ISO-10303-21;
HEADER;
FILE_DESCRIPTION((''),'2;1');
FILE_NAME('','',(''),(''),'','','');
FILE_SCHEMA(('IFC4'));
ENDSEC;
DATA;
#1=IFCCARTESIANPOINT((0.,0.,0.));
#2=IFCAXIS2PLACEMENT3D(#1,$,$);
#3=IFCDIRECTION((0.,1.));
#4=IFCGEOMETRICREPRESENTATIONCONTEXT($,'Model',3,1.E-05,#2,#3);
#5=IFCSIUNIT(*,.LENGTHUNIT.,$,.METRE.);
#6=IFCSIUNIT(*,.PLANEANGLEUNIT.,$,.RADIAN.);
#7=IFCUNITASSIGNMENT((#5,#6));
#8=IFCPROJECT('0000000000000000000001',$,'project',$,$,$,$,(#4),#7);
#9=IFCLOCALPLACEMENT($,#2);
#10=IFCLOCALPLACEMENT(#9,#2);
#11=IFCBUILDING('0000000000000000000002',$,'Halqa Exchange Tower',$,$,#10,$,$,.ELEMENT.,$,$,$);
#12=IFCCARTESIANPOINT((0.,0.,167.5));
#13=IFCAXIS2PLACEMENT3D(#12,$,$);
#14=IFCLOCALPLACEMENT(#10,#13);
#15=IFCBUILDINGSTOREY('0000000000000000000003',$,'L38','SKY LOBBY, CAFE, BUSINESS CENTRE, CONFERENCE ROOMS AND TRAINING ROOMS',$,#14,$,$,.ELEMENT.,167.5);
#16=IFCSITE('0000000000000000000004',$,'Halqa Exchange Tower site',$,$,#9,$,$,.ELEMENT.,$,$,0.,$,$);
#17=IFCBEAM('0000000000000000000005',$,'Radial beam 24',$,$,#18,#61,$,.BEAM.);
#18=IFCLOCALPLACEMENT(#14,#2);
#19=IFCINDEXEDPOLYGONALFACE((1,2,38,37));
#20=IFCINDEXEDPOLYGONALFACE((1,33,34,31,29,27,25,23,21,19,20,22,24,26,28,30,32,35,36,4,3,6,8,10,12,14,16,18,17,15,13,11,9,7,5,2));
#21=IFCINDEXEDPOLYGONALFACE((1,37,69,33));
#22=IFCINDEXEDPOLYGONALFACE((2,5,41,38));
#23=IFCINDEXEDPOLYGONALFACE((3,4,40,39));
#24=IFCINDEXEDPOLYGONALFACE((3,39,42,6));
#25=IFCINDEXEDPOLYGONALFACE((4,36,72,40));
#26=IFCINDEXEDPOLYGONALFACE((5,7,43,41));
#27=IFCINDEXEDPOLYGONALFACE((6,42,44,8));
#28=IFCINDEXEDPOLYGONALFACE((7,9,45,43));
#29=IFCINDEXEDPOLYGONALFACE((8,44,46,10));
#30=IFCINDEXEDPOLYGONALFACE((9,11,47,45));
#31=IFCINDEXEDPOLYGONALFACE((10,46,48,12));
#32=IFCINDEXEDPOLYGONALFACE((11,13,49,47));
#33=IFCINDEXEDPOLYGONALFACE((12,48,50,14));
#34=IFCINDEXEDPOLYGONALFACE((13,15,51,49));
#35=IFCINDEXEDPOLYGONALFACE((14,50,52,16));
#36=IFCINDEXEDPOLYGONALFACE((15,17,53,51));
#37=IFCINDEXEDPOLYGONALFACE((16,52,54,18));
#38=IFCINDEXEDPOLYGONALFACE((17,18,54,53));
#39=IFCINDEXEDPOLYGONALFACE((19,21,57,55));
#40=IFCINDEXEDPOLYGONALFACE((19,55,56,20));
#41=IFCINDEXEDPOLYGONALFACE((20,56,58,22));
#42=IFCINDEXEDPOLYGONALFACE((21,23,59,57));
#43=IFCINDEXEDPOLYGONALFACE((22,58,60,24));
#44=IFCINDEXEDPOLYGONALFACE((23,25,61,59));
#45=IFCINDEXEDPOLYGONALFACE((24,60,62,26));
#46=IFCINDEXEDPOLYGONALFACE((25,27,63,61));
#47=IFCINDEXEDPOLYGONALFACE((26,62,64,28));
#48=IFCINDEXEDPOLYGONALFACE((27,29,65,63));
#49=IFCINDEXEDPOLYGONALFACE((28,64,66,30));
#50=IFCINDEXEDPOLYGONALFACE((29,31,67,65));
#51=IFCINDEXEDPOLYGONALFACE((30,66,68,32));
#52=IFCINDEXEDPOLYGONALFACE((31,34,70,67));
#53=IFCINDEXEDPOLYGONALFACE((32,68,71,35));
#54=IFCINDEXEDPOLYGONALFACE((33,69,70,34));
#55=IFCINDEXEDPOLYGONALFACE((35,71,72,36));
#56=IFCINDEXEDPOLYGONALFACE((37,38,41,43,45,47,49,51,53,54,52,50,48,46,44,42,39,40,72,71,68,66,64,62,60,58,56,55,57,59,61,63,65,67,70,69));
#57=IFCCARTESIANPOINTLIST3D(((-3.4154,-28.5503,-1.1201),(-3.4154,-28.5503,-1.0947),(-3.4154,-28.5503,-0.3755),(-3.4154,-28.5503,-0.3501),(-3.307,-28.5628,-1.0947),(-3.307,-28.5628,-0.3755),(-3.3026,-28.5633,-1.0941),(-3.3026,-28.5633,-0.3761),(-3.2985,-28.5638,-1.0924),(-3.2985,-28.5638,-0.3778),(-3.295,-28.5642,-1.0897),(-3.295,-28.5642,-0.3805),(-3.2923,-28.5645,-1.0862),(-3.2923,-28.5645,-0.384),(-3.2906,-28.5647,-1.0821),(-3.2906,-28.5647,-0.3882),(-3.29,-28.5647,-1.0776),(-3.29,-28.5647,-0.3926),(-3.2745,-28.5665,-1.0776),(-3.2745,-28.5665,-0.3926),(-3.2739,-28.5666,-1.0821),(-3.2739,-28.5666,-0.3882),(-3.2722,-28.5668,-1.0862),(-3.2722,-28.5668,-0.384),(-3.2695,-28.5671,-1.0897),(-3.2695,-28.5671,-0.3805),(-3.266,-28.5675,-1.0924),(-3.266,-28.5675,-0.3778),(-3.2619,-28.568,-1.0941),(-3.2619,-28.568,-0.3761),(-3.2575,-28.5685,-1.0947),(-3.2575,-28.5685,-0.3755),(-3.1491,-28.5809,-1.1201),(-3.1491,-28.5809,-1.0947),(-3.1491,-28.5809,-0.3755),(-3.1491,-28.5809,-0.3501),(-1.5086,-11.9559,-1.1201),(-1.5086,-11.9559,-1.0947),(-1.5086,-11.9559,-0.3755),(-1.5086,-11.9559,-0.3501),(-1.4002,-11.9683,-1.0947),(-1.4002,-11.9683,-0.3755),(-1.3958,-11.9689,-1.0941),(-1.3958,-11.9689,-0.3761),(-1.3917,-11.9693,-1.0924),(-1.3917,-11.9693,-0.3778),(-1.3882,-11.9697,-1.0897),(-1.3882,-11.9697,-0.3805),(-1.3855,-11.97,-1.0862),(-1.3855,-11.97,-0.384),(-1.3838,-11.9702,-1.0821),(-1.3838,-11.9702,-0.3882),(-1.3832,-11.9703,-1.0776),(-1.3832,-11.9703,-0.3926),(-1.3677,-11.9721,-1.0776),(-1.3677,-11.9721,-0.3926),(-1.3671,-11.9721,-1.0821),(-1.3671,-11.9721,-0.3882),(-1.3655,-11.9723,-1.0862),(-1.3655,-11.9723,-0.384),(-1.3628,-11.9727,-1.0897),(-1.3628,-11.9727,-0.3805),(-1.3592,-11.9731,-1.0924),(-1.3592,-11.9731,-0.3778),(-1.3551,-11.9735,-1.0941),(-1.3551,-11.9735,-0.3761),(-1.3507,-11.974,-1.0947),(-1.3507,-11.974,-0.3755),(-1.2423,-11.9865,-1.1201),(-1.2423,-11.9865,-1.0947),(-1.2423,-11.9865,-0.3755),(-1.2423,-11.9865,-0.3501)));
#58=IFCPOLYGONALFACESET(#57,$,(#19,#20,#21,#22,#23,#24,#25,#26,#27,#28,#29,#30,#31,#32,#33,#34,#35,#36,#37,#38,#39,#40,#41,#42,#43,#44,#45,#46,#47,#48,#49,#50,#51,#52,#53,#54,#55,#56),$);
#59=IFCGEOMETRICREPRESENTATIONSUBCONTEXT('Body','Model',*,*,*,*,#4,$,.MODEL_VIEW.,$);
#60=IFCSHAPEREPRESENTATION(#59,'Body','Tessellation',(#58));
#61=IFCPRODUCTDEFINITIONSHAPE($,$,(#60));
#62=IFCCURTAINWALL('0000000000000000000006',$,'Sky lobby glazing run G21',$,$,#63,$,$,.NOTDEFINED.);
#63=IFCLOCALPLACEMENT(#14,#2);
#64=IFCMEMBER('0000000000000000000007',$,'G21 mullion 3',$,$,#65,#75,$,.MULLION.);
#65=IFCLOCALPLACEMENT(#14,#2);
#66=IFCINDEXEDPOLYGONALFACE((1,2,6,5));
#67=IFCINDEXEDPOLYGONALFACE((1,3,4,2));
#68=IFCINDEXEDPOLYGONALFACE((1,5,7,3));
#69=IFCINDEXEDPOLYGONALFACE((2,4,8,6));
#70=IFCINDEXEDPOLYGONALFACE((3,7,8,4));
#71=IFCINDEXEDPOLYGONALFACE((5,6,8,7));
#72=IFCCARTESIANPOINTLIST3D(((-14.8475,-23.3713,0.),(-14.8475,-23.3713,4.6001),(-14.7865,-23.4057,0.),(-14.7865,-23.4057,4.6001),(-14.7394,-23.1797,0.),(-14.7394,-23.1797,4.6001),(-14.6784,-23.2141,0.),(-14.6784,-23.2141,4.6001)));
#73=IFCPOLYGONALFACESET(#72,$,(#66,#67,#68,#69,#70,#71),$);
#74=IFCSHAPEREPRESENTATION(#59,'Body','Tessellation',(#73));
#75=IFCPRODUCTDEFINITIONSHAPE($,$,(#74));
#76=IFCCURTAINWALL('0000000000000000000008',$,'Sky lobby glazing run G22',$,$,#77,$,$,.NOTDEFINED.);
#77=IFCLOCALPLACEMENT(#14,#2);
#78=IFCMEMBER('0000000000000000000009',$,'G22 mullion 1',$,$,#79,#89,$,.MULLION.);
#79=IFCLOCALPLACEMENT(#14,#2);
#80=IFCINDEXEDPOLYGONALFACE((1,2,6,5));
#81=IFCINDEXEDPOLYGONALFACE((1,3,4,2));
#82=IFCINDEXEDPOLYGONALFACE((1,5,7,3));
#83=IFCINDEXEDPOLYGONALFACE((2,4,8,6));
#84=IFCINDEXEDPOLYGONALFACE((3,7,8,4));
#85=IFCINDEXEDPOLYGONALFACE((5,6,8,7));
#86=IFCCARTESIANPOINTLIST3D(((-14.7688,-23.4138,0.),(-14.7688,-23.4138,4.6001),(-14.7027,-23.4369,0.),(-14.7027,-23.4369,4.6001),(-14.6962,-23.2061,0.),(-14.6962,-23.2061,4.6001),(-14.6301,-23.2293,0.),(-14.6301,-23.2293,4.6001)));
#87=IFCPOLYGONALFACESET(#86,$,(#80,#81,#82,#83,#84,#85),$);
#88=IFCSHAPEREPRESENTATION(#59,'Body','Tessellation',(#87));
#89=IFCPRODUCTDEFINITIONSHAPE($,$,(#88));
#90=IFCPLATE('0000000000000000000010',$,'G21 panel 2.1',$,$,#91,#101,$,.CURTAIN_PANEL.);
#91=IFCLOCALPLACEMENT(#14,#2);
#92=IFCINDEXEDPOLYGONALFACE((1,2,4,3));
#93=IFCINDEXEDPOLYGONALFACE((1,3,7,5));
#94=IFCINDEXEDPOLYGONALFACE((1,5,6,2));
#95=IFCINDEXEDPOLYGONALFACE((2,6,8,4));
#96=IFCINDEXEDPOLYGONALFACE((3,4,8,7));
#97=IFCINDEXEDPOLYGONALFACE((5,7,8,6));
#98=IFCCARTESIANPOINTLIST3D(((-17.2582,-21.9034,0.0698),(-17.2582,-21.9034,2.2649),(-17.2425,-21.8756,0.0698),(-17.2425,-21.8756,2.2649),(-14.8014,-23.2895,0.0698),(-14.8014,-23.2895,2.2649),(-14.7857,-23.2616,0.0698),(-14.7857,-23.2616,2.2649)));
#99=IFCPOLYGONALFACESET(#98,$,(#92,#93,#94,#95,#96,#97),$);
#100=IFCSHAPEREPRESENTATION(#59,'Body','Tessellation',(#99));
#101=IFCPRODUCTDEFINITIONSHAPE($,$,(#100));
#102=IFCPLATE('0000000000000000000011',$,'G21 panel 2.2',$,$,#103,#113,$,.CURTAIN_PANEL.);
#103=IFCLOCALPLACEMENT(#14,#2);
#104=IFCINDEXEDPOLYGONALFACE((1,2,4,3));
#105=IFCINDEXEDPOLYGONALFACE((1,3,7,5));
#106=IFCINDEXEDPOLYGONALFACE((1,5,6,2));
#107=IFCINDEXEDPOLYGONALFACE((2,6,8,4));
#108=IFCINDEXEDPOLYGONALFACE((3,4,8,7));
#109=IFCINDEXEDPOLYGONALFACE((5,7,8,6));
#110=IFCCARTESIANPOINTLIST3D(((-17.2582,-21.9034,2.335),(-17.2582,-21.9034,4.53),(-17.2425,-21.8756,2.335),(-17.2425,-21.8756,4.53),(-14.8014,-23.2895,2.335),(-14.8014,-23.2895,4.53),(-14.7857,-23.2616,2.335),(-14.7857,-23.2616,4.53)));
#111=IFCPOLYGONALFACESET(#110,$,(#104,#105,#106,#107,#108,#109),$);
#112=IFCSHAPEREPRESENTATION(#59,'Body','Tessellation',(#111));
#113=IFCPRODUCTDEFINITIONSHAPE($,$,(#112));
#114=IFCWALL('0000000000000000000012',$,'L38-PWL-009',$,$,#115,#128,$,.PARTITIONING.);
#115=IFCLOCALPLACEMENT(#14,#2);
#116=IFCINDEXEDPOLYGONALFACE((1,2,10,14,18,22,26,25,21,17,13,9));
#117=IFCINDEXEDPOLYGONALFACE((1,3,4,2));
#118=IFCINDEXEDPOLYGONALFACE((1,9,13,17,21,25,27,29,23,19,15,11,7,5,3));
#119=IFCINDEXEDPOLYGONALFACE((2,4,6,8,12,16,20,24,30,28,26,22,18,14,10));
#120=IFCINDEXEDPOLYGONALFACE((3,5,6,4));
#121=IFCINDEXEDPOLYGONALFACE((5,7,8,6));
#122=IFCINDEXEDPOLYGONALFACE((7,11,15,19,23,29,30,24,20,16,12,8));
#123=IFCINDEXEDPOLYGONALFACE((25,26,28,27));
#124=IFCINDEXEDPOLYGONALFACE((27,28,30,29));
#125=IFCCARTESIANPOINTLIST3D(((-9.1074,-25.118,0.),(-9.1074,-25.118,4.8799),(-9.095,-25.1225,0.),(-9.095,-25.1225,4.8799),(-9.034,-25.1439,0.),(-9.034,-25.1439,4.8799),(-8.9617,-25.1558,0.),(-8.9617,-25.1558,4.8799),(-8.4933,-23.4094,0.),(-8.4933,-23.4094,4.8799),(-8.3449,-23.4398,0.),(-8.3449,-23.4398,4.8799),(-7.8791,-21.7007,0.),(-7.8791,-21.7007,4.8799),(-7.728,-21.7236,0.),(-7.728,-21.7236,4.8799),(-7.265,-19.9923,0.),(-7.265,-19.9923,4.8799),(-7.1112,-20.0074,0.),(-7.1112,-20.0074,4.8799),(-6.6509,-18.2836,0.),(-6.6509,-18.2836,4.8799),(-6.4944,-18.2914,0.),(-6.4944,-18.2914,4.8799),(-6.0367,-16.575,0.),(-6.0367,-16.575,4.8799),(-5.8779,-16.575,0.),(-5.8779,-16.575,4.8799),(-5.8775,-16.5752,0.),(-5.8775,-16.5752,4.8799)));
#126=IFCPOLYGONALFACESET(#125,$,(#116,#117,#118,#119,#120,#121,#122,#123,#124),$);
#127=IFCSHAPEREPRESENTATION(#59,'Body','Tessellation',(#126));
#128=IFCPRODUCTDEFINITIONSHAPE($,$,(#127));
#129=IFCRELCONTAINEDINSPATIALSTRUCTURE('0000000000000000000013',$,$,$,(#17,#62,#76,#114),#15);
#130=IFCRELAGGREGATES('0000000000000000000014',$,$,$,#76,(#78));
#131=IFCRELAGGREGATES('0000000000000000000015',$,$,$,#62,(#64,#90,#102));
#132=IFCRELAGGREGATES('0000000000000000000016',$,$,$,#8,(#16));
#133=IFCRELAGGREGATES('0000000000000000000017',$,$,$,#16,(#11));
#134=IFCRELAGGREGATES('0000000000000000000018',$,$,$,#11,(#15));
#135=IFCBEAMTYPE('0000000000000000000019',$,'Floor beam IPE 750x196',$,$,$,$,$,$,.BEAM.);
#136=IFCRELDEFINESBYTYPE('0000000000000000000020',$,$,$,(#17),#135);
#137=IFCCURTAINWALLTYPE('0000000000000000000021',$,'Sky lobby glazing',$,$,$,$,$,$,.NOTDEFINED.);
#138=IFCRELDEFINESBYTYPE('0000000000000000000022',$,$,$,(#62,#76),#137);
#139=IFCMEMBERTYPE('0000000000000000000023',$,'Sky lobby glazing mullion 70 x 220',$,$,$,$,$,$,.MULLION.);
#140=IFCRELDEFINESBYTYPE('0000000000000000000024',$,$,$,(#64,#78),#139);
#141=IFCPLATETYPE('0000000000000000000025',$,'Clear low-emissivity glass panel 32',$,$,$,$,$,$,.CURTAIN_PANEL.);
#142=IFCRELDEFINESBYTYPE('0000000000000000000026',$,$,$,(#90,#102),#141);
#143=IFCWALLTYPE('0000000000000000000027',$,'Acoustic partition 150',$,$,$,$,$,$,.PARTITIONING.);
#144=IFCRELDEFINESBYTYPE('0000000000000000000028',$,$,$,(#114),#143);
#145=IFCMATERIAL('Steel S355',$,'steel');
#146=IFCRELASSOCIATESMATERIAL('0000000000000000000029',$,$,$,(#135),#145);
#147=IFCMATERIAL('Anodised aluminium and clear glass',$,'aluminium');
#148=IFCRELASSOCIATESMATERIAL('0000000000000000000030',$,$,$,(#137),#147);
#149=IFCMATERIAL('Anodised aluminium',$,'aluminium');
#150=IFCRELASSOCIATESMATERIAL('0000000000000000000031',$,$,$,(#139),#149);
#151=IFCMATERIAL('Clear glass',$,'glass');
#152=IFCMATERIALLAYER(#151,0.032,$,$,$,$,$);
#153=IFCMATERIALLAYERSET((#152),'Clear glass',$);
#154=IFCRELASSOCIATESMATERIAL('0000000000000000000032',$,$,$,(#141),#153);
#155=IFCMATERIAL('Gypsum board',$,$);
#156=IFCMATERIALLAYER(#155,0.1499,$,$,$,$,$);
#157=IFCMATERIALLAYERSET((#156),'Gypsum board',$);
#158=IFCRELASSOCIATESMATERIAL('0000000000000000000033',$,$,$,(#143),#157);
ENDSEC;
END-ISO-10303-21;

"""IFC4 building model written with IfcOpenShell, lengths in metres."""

from ifc_helpers import new_model, si_unit, direction, frame, origin, origin_2d, place, context, subcontext, project, spatial, polyline, rectangle, i_section, outline, extrude, material, layer, layer_set, material_profile, profile_set, type_object, element, aggregate, save


model = new_model("IFC4")

# Units and contexts
model_context = context("Model", 3, precision=1e-05, world=origin(), true_north=direction((0.0, 1.0)))
body_context = subcontext(model_context, "Body", "Model", "MODEL_VIEW")
ifc_project = project(units=[si_unit("LENGTHUNIT", "METRE"), si_unit("PLANEANGLEUNIT", "RADIAN")], contexts=[model_context])

# Site, building, storey
site_placement = place(None, origin())
site = spatial("IfcSite", under=ifc_project, at=site_placement, Name="Halqa Exchange Tower site", CompositionType="ELEMENT", RefElevation=0.0)
building_placement = place(site_placement, origin())
building = spatial("IfcBuilding", under=site, at=building_placement, Name="Halqa Exchange Tower", CompositionType="ELEMENT")
storey_placement = place(building_placement, frame((0.0, 0.0, 167.5)))
storey = spatial("IfcBuildingStorey", under=building, at=storey_placement, Name="L38", Description="SKY LOBBY, CAFE, BUSINESS CENTRE, CONFERENCE ROOMS AND TRAINING ROOMS", CompositionType="ELEMENT", Elevation=167.5)

# Beam
ifc_material_1 = material(Name="Steel S355", Category="steel")
ifc_material_profile_1 = material_profile(ifc_material_1, i_section(OverallWidth=0.2681, OverallDepth=0.77, WebThickness=0.0156, FlangeThickness=0.0254, FilletRadius=0.0171, at=origin_2d()), Name="IPE 750x196")
ifc_profile_set_1 = profile_set([ifc_material_profile_1], Name="Steel S355")
beam_type_1 = type_object("IfcBeamType", Name="Floor beam IPE 750x196", PredefinedType="BEAM", material=ifc_profile_set_1)
beam_1_placement = place(storey_placement, frame((-1.3755, -11.9712, -0.7351), z_axis=(-0.114151, -0.993463, 0.0), x_axis=(0.993463, -0.114151, 0.0)))
element("IfcBeam", 1, at=beam_1_placement, inside=storey, type_object=beam_type_1, Name="Radial beam 24", PredefinedType="BEAM", context=body_context, shape_type="SweptSolid", body=[
    extrude(i_section(OverallWidth=0.2681, OverallDepth=0.77, WebThickness=0.0156, FlangeThickness=0.0254, FilletRadius=0.0171, at=origin_2d()), origin(), (0.0, 0.0, 1.0), 16.7036),
])

# Curtain walls, members
ifc_material_2 = material(Name="Anodised aluminium and clear glass", Category="aluminium")
curtain_wall_type = type_object("IfcCurtainWallType", Name="Sky lobby glazing", PredefinedType="NOTDEFINED", material=ifc_material_2)
curtain_wall_1_placement = place(storey_placement, origin())
curtain_wall_1 = element("IfcCurtainWall", 2, at=curtain_wall_1_placement, inside=storey, type_object=curtain_wall_type, Name="Sky lobby glazing run G21", PredefinedType="NOTDEFINED")
ifc_material_3 = material(Name="Anodised aluminium", Category="aluminium")
ifc_material_profile_2 = material_profile(ifc_material_3, rectangle(XDim=0.22, YDim=0.0701, at=origin_2d()), Name="AL 70x220")
ifc_profile_set_2 = profile_set([ifc_material_profile_2], Name="Anodised aluminium")
member_type = type_object("IfcMemberType", Name="Sky lobby glazing mullion 70 x 220", PredefinedType="MULLION", material=ifc_profile_set_2)
member_1_placement = place(storey_placement, frame((-14.7629, -23.2927, 0.0), z_axis=(0.0, 0.0, 1.0), x_axis=(0.491354, 0.87096, 0.0)))
member_1 = element("IfcMember", 3, at=member_1_placement, type_object=member_type, Name="G21 mullion 3", PredefinedType="MULLION", context=body_context, shape_type="SweptSolid", body=[
    extrude(rectangle(XDim=0.22, YDim=0.0701, at=origin_2d()), origin(), (0.0, 0.0, 1.0), 4.6001),
])
curtain_wall_2_placement = place(storey_placement, origin())
curtain_wall_2 = element("IfcCurtainWall", 4, at=curtain_wall_2_placement, inside=storey, type_object=curtain_wall_type, Name="Sky lobby glazing run G22", PredefinedType="NOTDEFINED")
member_2_placement = place(storey_placement, frame((-14.6995, -23.3215, 0.0), z_axis=(0.0, 0.0, 1.0), x_axis=(0.3301, 0.943946, 0.0)))
member_2 = element("IfcMember", 5, at=member_2_placement, type_object=member_type, Name="G22 mullion 1", PredefinedType="MULLION", context=body_context, shape_type="SweptSolid", body=[
    extrude(rectangle(XDim=0.22, YDim=0.0701, at=origin_2d()), origin(), (0.0, 0.0, 1.0), 4.6001),
])
aggregate(curtain_wall_2, [member_2])

# Plates
ifc_material_4 = material(Name="Clear glass", Category="glass")
ifc_layer_1 = layer(ifc_material_4, 0.032)
ifc_layer_set_1 = layer_set([ifc_layer_1], Name="Clear glass")
plate_type = type_object("IfcPlateType", Name="Clear low-emissivity glass panel 32", PredefinedType="CURTAIN_PANEL", material=ifc_layer_set_1)
plate_1_placement = place(storey_placement, frame((-16.022, -22.5825, 0.0698), z_axis=(0.0, 0.0, 1.0), x_axis=(0.87096, -0.491354, 0.0)))
plate_1 = element("IfcPlate", 6, at=plate_1_placement, type_object=plate_type, Name="G21 panel 2.1", PredefinedType="CURTAIN_PANEL", context=body_context, shape_type="SweptSolid", body=[
    extrude(rectangle(XDim=2.8208, YDim=0.032, at=origin_2d()), origin(), (0.0, 0.0, 1.0), 2.1951),
])
plate_2_placement = place(storey_placement, frame((-16.022, -22.5825, 2.335), z_axis=(0.0, 0.0, 1.0), x_axis=(0.87096, -0.491354, 0.0)))
plate_2 = element("IfcPlate", 7, at=plate_2_placement, type_object=plate_type, Name="G21 panel 2.2", PredefinedType="CURTAIN_PANEL", context=body_context, shape_type="SweptSolid", body=[
    extrude(rectangle(XDim=2.8208, YDim=0.032, at=origin_2d()), origin(), (0.0, 0.0, 1.0), 2.1951),
])
aggregate(curtain_wall_1, [member_1, plate_1, plate_2])

# Wall
ifc_material_5 = material(Name="Gypsum board")
ifc_layer_2 = layer(ifc_material_5, 0.1499)
ifc_layer_set_2 = layer_set([ifc_layer_2], Name="Gypsum board")
wall_type_1 = type_object("IfcWallType", Name="Acoustic partition 150", PredefinedType="PARTITIONING", material=ifc_layer_set_2)
wall_1_placement = place(storey_placement, frame((-5.948, -16.5498, 0.0), z_axis=(0.0, 0.0, 1.0), x_axis=(-0.338255, -0.941055, 0.0)))
element("IfcWall", 8, at=wall_1_placement, inside=storey, type_object=wall_type_1, Name="L38-PWL-009", PredefinedType="PARTITIONING", context=body_context, shape_type="SweptSolid", body=[
    extrude(outline(polyline([(9.1318, -0.075), (9.1318, -0.0618), (9.1313, 0.0029), (9.1182, 0.075), (7.2947, 0.075), (5.4709, 0.075), (3.6472, 0.075), (1.8237, 0.075), (0.0, 0.075), (0.0, 0.0745), (0.0537, -0.075), (1.8694, -0.075), (3.6851, -0.075), (5.5005, -0.075), (7.3162, -0.075), (9.1318, -0.075)])), origin(), (0.0, 0.0, 1.0), 4.8799),
])

save(model, "model.ifc")
